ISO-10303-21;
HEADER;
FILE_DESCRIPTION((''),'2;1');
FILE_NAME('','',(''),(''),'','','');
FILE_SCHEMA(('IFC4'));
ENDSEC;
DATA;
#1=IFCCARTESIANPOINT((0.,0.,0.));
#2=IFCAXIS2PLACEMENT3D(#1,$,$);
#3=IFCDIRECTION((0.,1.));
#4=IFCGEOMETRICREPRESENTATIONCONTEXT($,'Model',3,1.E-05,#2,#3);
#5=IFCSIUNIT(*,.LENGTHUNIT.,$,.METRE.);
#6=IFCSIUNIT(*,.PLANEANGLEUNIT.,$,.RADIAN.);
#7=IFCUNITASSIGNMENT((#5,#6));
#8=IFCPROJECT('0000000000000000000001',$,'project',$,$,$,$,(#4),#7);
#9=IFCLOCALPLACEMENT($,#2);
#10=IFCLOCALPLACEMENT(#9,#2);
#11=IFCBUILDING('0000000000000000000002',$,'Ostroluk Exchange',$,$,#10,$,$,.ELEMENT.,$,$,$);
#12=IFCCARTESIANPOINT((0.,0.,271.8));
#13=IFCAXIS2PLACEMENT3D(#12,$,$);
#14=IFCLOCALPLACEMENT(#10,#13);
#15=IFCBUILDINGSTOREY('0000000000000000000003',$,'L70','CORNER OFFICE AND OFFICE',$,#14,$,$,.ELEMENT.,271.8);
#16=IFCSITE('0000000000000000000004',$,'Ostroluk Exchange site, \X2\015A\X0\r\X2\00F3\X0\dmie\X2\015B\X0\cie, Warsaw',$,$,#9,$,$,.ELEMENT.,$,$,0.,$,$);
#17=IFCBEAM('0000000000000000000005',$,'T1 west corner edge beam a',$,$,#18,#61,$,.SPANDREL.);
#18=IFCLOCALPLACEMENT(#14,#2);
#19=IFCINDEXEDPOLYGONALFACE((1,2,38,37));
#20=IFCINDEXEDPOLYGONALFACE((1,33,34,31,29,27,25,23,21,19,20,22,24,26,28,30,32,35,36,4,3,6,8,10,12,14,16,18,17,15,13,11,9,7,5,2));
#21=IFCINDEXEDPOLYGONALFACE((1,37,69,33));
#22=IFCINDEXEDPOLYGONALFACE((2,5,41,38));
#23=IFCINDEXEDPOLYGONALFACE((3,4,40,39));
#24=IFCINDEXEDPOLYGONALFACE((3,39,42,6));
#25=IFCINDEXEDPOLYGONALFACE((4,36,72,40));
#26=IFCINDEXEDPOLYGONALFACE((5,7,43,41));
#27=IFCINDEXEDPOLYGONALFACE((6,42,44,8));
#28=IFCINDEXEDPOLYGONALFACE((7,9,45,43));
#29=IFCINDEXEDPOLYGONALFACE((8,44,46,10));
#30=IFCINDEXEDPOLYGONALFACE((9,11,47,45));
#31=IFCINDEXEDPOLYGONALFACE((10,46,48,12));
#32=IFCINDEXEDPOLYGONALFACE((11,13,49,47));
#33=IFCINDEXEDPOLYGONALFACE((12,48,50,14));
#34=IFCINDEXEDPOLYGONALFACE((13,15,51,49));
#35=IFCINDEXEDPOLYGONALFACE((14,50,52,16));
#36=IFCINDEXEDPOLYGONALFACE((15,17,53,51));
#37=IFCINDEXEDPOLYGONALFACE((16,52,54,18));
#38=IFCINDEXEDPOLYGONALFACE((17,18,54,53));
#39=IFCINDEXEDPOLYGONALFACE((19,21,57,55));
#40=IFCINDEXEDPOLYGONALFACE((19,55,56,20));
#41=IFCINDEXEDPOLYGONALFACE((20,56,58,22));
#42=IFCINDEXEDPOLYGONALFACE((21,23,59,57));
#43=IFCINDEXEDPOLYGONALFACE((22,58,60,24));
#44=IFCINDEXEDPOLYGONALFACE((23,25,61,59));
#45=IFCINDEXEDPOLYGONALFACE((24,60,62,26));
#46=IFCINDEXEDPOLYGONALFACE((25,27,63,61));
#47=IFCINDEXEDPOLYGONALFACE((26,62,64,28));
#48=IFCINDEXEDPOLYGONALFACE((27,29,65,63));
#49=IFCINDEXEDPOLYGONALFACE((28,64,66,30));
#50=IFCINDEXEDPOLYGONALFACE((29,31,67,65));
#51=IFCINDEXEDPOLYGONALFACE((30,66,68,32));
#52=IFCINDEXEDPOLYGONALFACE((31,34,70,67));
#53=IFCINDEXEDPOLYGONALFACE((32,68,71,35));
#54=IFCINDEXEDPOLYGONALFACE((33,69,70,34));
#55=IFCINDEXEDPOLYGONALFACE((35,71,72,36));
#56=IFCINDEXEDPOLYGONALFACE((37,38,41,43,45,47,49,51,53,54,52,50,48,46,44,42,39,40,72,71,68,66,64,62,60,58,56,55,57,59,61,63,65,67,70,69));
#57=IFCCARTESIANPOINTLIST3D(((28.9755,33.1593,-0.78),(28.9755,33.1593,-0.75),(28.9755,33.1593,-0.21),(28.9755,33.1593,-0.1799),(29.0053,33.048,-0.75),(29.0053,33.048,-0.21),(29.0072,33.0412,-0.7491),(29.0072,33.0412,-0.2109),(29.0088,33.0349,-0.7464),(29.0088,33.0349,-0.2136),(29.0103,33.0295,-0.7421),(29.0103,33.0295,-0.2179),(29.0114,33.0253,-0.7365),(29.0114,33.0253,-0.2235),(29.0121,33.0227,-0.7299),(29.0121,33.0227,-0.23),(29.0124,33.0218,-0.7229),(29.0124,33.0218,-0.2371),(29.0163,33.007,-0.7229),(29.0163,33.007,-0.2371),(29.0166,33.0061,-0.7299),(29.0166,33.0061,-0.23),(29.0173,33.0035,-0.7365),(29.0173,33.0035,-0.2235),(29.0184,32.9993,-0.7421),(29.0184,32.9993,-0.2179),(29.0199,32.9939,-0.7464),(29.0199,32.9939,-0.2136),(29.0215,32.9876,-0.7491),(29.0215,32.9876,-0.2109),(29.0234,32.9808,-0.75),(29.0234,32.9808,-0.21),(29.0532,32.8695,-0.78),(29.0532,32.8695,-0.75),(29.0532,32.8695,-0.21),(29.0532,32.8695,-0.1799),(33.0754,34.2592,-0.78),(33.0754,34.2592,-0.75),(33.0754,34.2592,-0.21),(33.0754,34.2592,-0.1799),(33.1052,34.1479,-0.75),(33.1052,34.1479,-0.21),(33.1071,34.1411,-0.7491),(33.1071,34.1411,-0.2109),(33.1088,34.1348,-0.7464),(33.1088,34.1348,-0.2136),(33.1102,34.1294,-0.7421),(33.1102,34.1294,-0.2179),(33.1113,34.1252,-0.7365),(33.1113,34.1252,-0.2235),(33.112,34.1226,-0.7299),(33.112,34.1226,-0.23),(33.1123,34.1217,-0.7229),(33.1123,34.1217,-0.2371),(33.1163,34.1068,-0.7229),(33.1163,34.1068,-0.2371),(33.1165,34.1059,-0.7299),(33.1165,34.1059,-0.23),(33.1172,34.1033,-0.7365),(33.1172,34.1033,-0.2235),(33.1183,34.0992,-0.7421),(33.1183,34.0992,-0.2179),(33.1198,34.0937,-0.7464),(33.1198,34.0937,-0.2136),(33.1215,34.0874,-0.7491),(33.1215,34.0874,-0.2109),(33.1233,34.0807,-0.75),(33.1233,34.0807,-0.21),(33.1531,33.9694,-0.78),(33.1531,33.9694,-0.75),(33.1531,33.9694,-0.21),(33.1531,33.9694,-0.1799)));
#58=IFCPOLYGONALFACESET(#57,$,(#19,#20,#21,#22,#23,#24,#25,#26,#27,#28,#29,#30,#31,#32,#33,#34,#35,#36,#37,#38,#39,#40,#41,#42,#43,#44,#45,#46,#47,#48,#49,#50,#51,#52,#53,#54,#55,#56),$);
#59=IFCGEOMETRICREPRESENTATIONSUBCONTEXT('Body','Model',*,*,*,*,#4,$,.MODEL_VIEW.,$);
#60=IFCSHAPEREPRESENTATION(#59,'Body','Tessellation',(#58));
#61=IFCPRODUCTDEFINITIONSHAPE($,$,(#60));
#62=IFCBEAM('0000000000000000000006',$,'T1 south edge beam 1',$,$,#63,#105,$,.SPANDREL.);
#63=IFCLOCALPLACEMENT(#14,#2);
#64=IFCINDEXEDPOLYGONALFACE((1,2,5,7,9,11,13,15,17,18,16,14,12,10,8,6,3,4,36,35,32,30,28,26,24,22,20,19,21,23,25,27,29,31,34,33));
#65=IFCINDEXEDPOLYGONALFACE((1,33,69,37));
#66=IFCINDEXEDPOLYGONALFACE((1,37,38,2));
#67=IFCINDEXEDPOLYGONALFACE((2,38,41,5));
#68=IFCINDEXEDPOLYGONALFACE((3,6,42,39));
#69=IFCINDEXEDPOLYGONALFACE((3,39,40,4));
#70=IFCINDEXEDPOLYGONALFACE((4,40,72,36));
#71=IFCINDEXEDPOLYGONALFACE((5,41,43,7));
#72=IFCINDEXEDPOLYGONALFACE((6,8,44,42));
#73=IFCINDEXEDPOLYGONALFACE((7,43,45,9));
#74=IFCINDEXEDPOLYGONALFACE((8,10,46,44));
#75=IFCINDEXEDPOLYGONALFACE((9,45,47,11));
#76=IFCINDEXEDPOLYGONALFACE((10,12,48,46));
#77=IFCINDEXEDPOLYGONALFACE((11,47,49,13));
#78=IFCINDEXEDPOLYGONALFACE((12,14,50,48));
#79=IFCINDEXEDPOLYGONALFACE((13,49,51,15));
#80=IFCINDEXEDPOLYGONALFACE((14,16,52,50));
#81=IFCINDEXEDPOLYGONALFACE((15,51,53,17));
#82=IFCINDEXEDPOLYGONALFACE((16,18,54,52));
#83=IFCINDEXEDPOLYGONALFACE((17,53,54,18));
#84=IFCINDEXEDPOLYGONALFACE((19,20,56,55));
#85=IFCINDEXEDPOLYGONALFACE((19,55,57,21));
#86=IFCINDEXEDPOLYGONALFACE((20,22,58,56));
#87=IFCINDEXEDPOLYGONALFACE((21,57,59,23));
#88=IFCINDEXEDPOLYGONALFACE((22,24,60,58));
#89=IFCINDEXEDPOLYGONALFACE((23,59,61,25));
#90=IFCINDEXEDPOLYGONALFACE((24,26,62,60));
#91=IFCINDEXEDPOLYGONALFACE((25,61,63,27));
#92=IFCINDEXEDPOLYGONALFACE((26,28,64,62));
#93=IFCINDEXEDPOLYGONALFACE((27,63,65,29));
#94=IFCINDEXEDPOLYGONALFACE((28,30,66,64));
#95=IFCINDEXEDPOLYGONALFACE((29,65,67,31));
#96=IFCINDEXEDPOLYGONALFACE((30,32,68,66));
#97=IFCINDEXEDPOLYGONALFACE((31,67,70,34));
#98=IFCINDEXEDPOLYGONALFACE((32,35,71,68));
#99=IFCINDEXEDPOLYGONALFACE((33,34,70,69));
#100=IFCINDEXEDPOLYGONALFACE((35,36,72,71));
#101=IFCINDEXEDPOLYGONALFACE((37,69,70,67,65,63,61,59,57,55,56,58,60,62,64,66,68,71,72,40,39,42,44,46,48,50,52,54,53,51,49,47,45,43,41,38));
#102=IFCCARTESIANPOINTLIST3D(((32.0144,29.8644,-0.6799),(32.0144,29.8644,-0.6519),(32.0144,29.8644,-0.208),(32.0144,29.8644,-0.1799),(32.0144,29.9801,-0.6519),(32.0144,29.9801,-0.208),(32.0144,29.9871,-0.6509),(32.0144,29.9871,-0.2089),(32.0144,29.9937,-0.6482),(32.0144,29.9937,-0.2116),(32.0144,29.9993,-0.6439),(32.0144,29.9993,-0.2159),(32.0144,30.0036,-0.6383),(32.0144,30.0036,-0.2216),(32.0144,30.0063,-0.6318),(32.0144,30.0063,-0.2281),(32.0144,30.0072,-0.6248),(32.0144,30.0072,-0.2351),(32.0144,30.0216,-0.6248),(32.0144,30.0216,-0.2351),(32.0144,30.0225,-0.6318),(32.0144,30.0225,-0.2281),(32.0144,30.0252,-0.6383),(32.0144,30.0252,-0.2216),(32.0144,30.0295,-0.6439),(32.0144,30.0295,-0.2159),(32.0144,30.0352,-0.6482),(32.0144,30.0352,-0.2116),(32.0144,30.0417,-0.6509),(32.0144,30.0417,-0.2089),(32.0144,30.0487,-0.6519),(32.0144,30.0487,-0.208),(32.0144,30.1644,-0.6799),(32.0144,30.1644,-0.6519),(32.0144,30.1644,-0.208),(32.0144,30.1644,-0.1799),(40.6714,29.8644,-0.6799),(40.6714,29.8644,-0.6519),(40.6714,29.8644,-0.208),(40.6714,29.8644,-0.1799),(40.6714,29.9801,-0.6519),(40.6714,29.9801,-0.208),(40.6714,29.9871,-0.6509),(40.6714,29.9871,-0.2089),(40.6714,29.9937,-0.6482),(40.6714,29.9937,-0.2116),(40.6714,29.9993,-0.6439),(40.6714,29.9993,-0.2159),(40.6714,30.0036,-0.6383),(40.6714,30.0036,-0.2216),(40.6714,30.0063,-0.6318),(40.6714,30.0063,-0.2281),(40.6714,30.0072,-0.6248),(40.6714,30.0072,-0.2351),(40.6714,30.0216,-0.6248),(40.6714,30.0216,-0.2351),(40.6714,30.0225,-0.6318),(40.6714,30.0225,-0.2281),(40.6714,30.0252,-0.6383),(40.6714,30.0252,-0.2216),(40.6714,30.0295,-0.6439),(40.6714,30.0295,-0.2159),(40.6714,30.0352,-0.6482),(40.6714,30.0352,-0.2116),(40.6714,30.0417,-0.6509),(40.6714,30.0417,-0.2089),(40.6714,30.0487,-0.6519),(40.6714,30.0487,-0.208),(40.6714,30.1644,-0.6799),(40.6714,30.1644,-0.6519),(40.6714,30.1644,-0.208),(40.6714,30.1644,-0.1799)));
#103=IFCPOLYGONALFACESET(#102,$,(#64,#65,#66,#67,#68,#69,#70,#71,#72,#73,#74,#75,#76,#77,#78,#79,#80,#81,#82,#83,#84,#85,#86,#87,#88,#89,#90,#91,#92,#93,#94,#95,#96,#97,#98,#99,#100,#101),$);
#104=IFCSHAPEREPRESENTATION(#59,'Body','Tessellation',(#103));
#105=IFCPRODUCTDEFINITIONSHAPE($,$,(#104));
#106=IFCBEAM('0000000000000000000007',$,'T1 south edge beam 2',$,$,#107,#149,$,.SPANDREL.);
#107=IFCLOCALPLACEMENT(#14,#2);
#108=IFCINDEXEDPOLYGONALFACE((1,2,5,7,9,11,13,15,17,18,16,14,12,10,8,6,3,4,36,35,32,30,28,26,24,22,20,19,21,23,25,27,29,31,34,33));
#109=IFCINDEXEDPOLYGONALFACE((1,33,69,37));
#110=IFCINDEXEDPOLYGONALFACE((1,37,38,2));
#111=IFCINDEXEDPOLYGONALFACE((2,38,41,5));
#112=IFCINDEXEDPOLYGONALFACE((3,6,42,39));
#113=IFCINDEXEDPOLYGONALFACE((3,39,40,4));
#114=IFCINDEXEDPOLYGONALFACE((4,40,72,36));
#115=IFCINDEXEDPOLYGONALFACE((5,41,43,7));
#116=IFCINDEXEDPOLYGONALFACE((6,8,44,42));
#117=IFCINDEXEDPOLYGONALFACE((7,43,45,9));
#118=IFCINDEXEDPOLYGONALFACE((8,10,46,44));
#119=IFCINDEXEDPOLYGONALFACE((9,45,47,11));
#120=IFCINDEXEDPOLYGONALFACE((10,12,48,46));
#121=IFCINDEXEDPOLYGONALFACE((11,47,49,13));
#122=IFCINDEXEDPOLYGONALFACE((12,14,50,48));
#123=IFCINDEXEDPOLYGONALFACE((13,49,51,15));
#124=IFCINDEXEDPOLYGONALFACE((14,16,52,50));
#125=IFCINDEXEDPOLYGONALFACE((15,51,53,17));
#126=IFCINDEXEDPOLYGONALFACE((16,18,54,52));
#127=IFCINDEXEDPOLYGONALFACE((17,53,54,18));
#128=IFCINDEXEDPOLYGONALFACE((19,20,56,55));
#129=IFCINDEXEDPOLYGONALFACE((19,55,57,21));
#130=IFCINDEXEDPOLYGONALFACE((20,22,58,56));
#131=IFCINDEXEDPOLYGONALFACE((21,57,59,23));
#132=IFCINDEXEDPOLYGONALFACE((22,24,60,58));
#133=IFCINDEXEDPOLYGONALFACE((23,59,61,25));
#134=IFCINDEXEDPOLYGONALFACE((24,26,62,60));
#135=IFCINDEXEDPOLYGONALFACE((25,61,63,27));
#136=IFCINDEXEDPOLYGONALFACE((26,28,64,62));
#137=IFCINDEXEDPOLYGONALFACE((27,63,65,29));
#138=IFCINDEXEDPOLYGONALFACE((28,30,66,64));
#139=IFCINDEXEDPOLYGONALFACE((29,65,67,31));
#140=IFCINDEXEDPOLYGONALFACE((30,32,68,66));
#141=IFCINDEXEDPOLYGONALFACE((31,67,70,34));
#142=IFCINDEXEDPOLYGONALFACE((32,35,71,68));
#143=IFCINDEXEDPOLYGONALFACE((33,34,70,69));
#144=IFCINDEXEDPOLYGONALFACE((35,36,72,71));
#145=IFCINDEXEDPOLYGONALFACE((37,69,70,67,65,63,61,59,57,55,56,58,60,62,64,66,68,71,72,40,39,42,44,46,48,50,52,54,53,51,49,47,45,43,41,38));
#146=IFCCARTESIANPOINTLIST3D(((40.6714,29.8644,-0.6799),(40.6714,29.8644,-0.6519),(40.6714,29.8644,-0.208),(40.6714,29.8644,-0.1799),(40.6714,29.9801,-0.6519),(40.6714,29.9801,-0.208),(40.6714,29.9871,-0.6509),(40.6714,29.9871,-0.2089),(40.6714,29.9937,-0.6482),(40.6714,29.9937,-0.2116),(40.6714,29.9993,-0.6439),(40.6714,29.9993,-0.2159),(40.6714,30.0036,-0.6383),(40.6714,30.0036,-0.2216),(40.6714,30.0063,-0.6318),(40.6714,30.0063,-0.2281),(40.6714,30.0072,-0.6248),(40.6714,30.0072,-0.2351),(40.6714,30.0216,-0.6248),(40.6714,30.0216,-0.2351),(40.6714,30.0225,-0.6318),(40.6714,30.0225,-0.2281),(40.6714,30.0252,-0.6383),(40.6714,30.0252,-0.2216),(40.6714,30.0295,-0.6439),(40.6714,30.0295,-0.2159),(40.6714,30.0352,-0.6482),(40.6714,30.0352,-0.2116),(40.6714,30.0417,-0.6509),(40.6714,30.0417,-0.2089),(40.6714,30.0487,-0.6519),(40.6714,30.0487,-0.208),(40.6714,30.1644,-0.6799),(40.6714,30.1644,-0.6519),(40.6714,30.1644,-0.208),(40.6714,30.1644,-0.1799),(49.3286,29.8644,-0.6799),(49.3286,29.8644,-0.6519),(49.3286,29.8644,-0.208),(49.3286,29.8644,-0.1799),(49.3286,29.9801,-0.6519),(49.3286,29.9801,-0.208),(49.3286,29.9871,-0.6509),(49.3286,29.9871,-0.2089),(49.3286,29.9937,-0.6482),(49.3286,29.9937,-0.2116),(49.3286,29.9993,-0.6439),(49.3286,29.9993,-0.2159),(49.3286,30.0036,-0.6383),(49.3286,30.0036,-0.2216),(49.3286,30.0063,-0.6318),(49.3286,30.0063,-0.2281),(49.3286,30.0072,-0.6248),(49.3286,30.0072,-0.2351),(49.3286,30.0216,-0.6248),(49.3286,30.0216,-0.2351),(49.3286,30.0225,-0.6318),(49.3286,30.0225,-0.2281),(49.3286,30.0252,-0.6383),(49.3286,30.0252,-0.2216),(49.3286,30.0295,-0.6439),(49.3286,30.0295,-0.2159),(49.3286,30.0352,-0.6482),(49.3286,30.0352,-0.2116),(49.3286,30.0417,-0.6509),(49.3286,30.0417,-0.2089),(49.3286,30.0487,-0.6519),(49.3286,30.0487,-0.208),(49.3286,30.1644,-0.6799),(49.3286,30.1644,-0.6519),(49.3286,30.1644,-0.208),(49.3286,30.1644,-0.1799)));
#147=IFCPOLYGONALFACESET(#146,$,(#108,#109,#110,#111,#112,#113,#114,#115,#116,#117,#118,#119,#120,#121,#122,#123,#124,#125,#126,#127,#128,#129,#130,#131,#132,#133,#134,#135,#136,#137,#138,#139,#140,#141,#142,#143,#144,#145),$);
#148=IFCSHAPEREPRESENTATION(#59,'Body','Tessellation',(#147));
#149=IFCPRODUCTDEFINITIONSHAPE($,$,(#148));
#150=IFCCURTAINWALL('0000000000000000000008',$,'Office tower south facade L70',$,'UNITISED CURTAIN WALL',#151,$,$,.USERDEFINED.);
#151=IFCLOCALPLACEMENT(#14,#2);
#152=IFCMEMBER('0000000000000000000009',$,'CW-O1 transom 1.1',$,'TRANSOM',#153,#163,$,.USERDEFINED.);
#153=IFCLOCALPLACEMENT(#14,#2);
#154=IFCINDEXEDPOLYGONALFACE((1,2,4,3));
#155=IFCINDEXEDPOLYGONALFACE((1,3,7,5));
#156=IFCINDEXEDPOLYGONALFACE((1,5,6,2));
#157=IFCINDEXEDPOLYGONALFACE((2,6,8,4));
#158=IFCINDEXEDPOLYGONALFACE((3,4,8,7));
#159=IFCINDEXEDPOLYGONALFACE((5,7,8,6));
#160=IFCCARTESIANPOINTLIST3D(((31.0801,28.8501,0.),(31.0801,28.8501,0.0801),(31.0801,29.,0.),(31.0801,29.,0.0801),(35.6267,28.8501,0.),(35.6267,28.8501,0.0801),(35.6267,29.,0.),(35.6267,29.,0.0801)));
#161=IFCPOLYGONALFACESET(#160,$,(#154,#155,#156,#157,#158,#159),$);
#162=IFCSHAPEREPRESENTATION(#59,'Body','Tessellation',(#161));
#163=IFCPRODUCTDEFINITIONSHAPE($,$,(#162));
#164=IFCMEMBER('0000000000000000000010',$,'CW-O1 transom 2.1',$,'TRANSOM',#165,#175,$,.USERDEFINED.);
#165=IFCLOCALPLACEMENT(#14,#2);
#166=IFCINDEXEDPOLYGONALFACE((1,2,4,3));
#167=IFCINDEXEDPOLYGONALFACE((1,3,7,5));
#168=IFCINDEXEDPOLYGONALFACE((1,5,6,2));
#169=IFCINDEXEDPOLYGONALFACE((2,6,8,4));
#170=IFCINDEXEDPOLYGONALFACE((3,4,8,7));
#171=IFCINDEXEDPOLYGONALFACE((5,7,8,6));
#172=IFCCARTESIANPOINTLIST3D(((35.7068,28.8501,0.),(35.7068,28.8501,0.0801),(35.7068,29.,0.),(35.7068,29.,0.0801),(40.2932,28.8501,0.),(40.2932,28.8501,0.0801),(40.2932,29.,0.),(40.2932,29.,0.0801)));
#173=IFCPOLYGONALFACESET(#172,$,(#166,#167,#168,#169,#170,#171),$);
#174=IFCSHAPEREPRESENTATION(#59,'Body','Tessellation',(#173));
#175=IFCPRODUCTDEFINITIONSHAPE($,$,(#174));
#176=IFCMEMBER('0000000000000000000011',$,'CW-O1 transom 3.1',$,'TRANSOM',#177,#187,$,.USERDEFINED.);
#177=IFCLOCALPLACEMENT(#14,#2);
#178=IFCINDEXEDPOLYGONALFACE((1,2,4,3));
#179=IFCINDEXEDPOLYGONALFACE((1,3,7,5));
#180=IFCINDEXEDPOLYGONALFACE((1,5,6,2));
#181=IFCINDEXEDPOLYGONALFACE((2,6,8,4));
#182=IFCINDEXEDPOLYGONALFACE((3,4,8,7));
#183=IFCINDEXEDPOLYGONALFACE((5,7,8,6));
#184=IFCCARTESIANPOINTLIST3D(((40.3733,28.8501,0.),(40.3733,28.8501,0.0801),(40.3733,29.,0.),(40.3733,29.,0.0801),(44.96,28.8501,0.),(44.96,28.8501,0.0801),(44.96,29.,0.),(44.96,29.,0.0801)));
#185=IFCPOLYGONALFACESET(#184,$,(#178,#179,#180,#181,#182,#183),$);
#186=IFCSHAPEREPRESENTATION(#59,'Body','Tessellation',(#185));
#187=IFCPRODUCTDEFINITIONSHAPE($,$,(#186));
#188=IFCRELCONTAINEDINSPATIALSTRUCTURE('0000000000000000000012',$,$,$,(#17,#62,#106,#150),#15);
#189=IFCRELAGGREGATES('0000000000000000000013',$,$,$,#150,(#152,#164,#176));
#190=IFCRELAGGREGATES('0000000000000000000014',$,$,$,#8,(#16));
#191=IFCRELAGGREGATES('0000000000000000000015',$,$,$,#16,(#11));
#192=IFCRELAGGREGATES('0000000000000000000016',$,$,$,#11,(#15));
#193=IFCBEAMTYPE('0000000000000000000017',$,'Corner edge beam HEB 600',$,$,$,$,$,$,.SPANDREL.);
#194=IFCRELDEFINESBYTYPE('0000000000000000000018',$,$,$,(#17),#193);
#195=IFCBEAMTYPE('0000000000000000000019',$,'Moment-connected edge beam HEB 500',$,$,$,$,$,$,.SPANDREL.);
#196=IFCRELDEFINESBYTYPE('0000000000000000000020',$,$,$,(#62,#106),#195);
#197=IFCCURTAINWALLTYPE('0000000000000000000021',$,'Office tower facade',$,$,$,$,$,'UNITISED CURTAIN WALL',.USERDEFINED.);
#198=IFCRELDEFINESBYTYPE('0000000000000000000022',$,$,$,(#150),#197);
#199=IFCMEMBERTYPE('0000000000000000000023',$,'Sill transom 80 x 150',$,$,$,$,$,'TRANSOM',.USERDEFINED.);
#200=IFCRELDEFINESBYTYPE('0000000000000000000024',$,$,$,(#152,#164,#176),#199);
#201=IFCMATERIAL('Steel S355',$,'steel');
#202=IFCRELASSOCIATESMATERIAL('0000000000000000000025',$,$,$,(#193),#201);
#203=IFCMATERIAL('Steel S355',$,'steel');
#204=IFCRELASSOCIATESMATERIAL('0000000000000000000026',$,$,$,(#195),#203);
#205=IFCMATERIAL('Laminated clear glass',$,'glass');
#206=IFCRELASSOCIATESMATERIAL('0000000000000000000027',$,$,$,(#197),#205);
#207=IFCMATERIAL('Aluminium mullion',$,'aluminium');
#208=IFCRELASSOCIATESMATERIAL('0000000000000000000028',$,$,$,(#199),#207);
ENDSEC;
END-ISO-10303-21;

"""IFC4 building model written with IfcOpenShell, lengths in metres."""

from ifc_helpers import new_model, si_unit, direction, frame, origin, origin_2d, place, context, subcontext, project, spatial, rectangle, i_section, extrude, material, material_profile, profile_set, type_object, element, aggregate, save


model = new_model("IFC4")

# Units and contexts
model_context = context("Model", 3, precision=1e-05, world=origin(), true_north=direction((0.0, 1.0)))
body_context = subcontext(model_context, "Body", "Model", "MODEL_VIEW")
ifc_project = project(units=[si_unit("LENGTHUNIT", "METRE"), si_unit("PLANEANGLEUNIT", "RADIAN")], contexts=[model_context])

# Site, building, storey
site_placement = place(None, origin())
site = spatial("IfcSite", under=ifc_project, at=site_placement, Name="Ostroluk Exchange site, Śródmieście, Warsaw", CompositionType="ELEMENT", RefElevation=0.0)
building_placement = place(site_placement, origin())
building = spatial("IfcBuilding", under=site, at=building_placement, Name="Ostroluk Exchange", CompositionType="ELEMENT")
storey_placement = place(building_placement, frame((0.0, 0.0, 271.8)))
storey = spatial("IfcBuildingStorey", under=building, at=storey_placement, Name="L70", Description="CORNER OFFICE AND OFFICE", CompositionType="ELEMENT", Elevation=271.8)

# Beams
ifc_material_1 = material(Name="Steel S355", Category="steel")
ifc_material_profile_1 = material_profile(ifc_material_1, i_section(OverallWidth=0.3, OverallDepth=0.6001, WebThickness=0.0154, FlangeThickness=0.03, FilletRadius=0.0271, at=origin_2d()), Name="HEB 600")
ifc_profile_set_1 = profile_set([ifc_material_profile_1], Name="Steel S355")
beam_type_1 = type_object("IfcBeamType", Name="Corner edge beam HEB 600", PredefinedType="SPANDREL", material=ifc_profile_set_1)
beam_1_placement = place(storey_placement, frame((33.1143, 34.1143, -0.48), z_axis=(-0.965849, -0.259105, 0.0), x_axis=(0.259105, -0.965849, 0.0)))
element("IfcBeam", 1, at=beam_1_placement, inside=storey, type_object=beam_type_1, Name="T1 west corner edge beam a", PredefinedType="SPANDREL", context=body_context, shape_type="SweptSolid", body=[
    extrude(i_section(OverallWidth=0.3, OverallDepth=0.6001, WebThickness=0.0154, FlangeThickness=0.03, FilletRadius=0.0271, at=origin_2d()), origin(), (0.0, 0.0, 1.0), 4.2449),
])
ifc_material_2 = material(Name="Steel S355", Category="steel")
ifc_material_profile_2 = material_profile(ifc_material_2, i_section(OverallWidth=0.3, OverallDepth=0.5, WebThickness=0.0144, FlangeThickness=0.0281, FilletRadius=0.0271, at=origin_2d()), Name="HEB 500")
ifc_profile_set_2 = profile_set([ifc_material_profile_2], Name="Steel S355")
beam_type_2 = type_object("IfcBeamType", Name="Moment-connected edge beam HEB 500", PredefinedType="SPANDREL", material=ifc_profile_set_2)
beam_2_placement = place(storey_placement, frame((32.0144, 30.0144, -0.4299), z_axis=(1.0, 0.0, 0.0), x_axis=(0.0, 1.0, 0.0)))
element("IfcBeam", 2, at=beam_2_placement, inside=storey, type_object=beam_type_2, Name="T1 south edge beam 1", PredefinedType="SPANDREL", context=body_context, shape_type="SweptSolid", body=[
    extrude(i_section(OverallWidth=0.3, OverallDepth=0.5, WebThickness=0.0144, FlangeThickness=0.0281, FilletRadius=0.0271, at=origin_2d()), origin(), (0.0, 0.0, 1.0), 8.657),
])
beam_3_placement = place(storey_placement, frame((40.6714, 30.0144, -0.4299), z_axis=(1.0, 0.0, 0.0), x_axis=(0.0, 1.0, 0.0)))
element("IfcBeam", 3, at=beam_3_placement, inside=storey, type_object=beam_type_2, Name="T1 south edge beam 2", PredefinedType="SPANDREL", context=body_context, shape_type="SweptSolid", body=[
    extrude(i_section(OverallWidth=0.3, OverallDepth=0.5, WebThickness=0.0144, FlangeThickness=0.0281, FilletRadius=0.0271, at=origin_2d()), origin(), (0.0, 0.0, 1.0), 8.6572),
])

# Curtain wall, members
ifc_material_3 = material(Name="Laminated clear glass", Category="glass")
curtain_wall_type = type_object("IfcCurtainWallType", Name="Office tower facade", ElementType="UNITISED CURTAIN WALL", PredefinedType="USERDEFINED", material=ifc_material_3)
curtain_wall_1_placement = place(storey_placement, origin())
curtain_wall_1 = element("IfcCurtainWall", 4, at=curtain_wall_1_placement, inside=storey, type_object=curtain_wall_type, Name="Office tower south facade L70", ObjectType="UNITISED CURTAIN WALL", PredefinedType="USERDEFINED")
ifc_material_4 = material(Name="Aluminium mullion", Category="aluminium")
ifc_material_profile_3 = material_profile(ifc_material_4, rectangle(XDim=0.1499, YDim=0.0801, at=origin_2d()), Name="Sill transom 80 x 150")
ifc_profile_set_3 = profile_set([ifc_material_profile_3], Name="Aluminium mullion")
member_type_1 = type_object("IfcMemberType", Name="Sill transom 80 x 150", ElementType="TRANSOM", PredefinedType="USERDEFINED", material=ifc_profile_set_3)
member_1_placement = place(storey_placement, frame((31.0801, 28.925, 0.04), z_axis=(1.0, 0.0, 0.0), x_axis=(0.0, 1.0, 0.0)))
member_1 = element("IfcMember", 5, at=member_1_placement, type_object=member_type_1, Name="CW-O1 transom 1.1", ObjectType="TRANSOM", PredefinedType="USERDEFINED", context=body_context, shape_type="SweptSolid", body=[
    extrude(rectangle(XDim=0.1499, YDim=0.0801, at=origin_2d()), origin(), (0.0, 0.0, 1.0), 4.5466),
])
member_2_placement = place(storey_placement, frame((35.7068, 28.925, 0.04), z_axis=(1.0, 0.0, 0.0), x_axis=(0.0, 1.0, 0.0)))
member_2 = element("IfcMember", 6, at=member_2_placement, type_object=member_type_1, Name="CW-O1 transom 2.1", ObjectType="TRANSOM", PredefinedType="USERDEFINED", context=body_context, shape_type="SweptSolid", body=[
    extrude(rectangle(XDim=0.1499, YDim=0.0801, at=origin_2d()), origin(), (0.0, 0.0, 1.0), 4.5864),
])
member_3_placement = place(storey_placement, frame((40.3733, 28.925, 0.04), z_axis=(1.0, 0.0, 0.0), x_axis=(0.0, 1.0, 0.0)))
member_3 = element("IfcMember", 7, at=member_3_placement, type_object=member_type_1, Name="CW-O1 transom 3.1", ObjectType="TRANSOM", PredefinedType="USERDEFINED", context=body_context, shape_type="SweptSolid", body=[
    extrude(rectangle(XDim=0.1499, YDim=0.0801, at=origin_2d()), origin(), (0.0, 0.0, 1.0), 4.5867),
])

aggregate(curtain_wall_1, [member_1, member_2, member_3])

save(model, "model.ifc")
